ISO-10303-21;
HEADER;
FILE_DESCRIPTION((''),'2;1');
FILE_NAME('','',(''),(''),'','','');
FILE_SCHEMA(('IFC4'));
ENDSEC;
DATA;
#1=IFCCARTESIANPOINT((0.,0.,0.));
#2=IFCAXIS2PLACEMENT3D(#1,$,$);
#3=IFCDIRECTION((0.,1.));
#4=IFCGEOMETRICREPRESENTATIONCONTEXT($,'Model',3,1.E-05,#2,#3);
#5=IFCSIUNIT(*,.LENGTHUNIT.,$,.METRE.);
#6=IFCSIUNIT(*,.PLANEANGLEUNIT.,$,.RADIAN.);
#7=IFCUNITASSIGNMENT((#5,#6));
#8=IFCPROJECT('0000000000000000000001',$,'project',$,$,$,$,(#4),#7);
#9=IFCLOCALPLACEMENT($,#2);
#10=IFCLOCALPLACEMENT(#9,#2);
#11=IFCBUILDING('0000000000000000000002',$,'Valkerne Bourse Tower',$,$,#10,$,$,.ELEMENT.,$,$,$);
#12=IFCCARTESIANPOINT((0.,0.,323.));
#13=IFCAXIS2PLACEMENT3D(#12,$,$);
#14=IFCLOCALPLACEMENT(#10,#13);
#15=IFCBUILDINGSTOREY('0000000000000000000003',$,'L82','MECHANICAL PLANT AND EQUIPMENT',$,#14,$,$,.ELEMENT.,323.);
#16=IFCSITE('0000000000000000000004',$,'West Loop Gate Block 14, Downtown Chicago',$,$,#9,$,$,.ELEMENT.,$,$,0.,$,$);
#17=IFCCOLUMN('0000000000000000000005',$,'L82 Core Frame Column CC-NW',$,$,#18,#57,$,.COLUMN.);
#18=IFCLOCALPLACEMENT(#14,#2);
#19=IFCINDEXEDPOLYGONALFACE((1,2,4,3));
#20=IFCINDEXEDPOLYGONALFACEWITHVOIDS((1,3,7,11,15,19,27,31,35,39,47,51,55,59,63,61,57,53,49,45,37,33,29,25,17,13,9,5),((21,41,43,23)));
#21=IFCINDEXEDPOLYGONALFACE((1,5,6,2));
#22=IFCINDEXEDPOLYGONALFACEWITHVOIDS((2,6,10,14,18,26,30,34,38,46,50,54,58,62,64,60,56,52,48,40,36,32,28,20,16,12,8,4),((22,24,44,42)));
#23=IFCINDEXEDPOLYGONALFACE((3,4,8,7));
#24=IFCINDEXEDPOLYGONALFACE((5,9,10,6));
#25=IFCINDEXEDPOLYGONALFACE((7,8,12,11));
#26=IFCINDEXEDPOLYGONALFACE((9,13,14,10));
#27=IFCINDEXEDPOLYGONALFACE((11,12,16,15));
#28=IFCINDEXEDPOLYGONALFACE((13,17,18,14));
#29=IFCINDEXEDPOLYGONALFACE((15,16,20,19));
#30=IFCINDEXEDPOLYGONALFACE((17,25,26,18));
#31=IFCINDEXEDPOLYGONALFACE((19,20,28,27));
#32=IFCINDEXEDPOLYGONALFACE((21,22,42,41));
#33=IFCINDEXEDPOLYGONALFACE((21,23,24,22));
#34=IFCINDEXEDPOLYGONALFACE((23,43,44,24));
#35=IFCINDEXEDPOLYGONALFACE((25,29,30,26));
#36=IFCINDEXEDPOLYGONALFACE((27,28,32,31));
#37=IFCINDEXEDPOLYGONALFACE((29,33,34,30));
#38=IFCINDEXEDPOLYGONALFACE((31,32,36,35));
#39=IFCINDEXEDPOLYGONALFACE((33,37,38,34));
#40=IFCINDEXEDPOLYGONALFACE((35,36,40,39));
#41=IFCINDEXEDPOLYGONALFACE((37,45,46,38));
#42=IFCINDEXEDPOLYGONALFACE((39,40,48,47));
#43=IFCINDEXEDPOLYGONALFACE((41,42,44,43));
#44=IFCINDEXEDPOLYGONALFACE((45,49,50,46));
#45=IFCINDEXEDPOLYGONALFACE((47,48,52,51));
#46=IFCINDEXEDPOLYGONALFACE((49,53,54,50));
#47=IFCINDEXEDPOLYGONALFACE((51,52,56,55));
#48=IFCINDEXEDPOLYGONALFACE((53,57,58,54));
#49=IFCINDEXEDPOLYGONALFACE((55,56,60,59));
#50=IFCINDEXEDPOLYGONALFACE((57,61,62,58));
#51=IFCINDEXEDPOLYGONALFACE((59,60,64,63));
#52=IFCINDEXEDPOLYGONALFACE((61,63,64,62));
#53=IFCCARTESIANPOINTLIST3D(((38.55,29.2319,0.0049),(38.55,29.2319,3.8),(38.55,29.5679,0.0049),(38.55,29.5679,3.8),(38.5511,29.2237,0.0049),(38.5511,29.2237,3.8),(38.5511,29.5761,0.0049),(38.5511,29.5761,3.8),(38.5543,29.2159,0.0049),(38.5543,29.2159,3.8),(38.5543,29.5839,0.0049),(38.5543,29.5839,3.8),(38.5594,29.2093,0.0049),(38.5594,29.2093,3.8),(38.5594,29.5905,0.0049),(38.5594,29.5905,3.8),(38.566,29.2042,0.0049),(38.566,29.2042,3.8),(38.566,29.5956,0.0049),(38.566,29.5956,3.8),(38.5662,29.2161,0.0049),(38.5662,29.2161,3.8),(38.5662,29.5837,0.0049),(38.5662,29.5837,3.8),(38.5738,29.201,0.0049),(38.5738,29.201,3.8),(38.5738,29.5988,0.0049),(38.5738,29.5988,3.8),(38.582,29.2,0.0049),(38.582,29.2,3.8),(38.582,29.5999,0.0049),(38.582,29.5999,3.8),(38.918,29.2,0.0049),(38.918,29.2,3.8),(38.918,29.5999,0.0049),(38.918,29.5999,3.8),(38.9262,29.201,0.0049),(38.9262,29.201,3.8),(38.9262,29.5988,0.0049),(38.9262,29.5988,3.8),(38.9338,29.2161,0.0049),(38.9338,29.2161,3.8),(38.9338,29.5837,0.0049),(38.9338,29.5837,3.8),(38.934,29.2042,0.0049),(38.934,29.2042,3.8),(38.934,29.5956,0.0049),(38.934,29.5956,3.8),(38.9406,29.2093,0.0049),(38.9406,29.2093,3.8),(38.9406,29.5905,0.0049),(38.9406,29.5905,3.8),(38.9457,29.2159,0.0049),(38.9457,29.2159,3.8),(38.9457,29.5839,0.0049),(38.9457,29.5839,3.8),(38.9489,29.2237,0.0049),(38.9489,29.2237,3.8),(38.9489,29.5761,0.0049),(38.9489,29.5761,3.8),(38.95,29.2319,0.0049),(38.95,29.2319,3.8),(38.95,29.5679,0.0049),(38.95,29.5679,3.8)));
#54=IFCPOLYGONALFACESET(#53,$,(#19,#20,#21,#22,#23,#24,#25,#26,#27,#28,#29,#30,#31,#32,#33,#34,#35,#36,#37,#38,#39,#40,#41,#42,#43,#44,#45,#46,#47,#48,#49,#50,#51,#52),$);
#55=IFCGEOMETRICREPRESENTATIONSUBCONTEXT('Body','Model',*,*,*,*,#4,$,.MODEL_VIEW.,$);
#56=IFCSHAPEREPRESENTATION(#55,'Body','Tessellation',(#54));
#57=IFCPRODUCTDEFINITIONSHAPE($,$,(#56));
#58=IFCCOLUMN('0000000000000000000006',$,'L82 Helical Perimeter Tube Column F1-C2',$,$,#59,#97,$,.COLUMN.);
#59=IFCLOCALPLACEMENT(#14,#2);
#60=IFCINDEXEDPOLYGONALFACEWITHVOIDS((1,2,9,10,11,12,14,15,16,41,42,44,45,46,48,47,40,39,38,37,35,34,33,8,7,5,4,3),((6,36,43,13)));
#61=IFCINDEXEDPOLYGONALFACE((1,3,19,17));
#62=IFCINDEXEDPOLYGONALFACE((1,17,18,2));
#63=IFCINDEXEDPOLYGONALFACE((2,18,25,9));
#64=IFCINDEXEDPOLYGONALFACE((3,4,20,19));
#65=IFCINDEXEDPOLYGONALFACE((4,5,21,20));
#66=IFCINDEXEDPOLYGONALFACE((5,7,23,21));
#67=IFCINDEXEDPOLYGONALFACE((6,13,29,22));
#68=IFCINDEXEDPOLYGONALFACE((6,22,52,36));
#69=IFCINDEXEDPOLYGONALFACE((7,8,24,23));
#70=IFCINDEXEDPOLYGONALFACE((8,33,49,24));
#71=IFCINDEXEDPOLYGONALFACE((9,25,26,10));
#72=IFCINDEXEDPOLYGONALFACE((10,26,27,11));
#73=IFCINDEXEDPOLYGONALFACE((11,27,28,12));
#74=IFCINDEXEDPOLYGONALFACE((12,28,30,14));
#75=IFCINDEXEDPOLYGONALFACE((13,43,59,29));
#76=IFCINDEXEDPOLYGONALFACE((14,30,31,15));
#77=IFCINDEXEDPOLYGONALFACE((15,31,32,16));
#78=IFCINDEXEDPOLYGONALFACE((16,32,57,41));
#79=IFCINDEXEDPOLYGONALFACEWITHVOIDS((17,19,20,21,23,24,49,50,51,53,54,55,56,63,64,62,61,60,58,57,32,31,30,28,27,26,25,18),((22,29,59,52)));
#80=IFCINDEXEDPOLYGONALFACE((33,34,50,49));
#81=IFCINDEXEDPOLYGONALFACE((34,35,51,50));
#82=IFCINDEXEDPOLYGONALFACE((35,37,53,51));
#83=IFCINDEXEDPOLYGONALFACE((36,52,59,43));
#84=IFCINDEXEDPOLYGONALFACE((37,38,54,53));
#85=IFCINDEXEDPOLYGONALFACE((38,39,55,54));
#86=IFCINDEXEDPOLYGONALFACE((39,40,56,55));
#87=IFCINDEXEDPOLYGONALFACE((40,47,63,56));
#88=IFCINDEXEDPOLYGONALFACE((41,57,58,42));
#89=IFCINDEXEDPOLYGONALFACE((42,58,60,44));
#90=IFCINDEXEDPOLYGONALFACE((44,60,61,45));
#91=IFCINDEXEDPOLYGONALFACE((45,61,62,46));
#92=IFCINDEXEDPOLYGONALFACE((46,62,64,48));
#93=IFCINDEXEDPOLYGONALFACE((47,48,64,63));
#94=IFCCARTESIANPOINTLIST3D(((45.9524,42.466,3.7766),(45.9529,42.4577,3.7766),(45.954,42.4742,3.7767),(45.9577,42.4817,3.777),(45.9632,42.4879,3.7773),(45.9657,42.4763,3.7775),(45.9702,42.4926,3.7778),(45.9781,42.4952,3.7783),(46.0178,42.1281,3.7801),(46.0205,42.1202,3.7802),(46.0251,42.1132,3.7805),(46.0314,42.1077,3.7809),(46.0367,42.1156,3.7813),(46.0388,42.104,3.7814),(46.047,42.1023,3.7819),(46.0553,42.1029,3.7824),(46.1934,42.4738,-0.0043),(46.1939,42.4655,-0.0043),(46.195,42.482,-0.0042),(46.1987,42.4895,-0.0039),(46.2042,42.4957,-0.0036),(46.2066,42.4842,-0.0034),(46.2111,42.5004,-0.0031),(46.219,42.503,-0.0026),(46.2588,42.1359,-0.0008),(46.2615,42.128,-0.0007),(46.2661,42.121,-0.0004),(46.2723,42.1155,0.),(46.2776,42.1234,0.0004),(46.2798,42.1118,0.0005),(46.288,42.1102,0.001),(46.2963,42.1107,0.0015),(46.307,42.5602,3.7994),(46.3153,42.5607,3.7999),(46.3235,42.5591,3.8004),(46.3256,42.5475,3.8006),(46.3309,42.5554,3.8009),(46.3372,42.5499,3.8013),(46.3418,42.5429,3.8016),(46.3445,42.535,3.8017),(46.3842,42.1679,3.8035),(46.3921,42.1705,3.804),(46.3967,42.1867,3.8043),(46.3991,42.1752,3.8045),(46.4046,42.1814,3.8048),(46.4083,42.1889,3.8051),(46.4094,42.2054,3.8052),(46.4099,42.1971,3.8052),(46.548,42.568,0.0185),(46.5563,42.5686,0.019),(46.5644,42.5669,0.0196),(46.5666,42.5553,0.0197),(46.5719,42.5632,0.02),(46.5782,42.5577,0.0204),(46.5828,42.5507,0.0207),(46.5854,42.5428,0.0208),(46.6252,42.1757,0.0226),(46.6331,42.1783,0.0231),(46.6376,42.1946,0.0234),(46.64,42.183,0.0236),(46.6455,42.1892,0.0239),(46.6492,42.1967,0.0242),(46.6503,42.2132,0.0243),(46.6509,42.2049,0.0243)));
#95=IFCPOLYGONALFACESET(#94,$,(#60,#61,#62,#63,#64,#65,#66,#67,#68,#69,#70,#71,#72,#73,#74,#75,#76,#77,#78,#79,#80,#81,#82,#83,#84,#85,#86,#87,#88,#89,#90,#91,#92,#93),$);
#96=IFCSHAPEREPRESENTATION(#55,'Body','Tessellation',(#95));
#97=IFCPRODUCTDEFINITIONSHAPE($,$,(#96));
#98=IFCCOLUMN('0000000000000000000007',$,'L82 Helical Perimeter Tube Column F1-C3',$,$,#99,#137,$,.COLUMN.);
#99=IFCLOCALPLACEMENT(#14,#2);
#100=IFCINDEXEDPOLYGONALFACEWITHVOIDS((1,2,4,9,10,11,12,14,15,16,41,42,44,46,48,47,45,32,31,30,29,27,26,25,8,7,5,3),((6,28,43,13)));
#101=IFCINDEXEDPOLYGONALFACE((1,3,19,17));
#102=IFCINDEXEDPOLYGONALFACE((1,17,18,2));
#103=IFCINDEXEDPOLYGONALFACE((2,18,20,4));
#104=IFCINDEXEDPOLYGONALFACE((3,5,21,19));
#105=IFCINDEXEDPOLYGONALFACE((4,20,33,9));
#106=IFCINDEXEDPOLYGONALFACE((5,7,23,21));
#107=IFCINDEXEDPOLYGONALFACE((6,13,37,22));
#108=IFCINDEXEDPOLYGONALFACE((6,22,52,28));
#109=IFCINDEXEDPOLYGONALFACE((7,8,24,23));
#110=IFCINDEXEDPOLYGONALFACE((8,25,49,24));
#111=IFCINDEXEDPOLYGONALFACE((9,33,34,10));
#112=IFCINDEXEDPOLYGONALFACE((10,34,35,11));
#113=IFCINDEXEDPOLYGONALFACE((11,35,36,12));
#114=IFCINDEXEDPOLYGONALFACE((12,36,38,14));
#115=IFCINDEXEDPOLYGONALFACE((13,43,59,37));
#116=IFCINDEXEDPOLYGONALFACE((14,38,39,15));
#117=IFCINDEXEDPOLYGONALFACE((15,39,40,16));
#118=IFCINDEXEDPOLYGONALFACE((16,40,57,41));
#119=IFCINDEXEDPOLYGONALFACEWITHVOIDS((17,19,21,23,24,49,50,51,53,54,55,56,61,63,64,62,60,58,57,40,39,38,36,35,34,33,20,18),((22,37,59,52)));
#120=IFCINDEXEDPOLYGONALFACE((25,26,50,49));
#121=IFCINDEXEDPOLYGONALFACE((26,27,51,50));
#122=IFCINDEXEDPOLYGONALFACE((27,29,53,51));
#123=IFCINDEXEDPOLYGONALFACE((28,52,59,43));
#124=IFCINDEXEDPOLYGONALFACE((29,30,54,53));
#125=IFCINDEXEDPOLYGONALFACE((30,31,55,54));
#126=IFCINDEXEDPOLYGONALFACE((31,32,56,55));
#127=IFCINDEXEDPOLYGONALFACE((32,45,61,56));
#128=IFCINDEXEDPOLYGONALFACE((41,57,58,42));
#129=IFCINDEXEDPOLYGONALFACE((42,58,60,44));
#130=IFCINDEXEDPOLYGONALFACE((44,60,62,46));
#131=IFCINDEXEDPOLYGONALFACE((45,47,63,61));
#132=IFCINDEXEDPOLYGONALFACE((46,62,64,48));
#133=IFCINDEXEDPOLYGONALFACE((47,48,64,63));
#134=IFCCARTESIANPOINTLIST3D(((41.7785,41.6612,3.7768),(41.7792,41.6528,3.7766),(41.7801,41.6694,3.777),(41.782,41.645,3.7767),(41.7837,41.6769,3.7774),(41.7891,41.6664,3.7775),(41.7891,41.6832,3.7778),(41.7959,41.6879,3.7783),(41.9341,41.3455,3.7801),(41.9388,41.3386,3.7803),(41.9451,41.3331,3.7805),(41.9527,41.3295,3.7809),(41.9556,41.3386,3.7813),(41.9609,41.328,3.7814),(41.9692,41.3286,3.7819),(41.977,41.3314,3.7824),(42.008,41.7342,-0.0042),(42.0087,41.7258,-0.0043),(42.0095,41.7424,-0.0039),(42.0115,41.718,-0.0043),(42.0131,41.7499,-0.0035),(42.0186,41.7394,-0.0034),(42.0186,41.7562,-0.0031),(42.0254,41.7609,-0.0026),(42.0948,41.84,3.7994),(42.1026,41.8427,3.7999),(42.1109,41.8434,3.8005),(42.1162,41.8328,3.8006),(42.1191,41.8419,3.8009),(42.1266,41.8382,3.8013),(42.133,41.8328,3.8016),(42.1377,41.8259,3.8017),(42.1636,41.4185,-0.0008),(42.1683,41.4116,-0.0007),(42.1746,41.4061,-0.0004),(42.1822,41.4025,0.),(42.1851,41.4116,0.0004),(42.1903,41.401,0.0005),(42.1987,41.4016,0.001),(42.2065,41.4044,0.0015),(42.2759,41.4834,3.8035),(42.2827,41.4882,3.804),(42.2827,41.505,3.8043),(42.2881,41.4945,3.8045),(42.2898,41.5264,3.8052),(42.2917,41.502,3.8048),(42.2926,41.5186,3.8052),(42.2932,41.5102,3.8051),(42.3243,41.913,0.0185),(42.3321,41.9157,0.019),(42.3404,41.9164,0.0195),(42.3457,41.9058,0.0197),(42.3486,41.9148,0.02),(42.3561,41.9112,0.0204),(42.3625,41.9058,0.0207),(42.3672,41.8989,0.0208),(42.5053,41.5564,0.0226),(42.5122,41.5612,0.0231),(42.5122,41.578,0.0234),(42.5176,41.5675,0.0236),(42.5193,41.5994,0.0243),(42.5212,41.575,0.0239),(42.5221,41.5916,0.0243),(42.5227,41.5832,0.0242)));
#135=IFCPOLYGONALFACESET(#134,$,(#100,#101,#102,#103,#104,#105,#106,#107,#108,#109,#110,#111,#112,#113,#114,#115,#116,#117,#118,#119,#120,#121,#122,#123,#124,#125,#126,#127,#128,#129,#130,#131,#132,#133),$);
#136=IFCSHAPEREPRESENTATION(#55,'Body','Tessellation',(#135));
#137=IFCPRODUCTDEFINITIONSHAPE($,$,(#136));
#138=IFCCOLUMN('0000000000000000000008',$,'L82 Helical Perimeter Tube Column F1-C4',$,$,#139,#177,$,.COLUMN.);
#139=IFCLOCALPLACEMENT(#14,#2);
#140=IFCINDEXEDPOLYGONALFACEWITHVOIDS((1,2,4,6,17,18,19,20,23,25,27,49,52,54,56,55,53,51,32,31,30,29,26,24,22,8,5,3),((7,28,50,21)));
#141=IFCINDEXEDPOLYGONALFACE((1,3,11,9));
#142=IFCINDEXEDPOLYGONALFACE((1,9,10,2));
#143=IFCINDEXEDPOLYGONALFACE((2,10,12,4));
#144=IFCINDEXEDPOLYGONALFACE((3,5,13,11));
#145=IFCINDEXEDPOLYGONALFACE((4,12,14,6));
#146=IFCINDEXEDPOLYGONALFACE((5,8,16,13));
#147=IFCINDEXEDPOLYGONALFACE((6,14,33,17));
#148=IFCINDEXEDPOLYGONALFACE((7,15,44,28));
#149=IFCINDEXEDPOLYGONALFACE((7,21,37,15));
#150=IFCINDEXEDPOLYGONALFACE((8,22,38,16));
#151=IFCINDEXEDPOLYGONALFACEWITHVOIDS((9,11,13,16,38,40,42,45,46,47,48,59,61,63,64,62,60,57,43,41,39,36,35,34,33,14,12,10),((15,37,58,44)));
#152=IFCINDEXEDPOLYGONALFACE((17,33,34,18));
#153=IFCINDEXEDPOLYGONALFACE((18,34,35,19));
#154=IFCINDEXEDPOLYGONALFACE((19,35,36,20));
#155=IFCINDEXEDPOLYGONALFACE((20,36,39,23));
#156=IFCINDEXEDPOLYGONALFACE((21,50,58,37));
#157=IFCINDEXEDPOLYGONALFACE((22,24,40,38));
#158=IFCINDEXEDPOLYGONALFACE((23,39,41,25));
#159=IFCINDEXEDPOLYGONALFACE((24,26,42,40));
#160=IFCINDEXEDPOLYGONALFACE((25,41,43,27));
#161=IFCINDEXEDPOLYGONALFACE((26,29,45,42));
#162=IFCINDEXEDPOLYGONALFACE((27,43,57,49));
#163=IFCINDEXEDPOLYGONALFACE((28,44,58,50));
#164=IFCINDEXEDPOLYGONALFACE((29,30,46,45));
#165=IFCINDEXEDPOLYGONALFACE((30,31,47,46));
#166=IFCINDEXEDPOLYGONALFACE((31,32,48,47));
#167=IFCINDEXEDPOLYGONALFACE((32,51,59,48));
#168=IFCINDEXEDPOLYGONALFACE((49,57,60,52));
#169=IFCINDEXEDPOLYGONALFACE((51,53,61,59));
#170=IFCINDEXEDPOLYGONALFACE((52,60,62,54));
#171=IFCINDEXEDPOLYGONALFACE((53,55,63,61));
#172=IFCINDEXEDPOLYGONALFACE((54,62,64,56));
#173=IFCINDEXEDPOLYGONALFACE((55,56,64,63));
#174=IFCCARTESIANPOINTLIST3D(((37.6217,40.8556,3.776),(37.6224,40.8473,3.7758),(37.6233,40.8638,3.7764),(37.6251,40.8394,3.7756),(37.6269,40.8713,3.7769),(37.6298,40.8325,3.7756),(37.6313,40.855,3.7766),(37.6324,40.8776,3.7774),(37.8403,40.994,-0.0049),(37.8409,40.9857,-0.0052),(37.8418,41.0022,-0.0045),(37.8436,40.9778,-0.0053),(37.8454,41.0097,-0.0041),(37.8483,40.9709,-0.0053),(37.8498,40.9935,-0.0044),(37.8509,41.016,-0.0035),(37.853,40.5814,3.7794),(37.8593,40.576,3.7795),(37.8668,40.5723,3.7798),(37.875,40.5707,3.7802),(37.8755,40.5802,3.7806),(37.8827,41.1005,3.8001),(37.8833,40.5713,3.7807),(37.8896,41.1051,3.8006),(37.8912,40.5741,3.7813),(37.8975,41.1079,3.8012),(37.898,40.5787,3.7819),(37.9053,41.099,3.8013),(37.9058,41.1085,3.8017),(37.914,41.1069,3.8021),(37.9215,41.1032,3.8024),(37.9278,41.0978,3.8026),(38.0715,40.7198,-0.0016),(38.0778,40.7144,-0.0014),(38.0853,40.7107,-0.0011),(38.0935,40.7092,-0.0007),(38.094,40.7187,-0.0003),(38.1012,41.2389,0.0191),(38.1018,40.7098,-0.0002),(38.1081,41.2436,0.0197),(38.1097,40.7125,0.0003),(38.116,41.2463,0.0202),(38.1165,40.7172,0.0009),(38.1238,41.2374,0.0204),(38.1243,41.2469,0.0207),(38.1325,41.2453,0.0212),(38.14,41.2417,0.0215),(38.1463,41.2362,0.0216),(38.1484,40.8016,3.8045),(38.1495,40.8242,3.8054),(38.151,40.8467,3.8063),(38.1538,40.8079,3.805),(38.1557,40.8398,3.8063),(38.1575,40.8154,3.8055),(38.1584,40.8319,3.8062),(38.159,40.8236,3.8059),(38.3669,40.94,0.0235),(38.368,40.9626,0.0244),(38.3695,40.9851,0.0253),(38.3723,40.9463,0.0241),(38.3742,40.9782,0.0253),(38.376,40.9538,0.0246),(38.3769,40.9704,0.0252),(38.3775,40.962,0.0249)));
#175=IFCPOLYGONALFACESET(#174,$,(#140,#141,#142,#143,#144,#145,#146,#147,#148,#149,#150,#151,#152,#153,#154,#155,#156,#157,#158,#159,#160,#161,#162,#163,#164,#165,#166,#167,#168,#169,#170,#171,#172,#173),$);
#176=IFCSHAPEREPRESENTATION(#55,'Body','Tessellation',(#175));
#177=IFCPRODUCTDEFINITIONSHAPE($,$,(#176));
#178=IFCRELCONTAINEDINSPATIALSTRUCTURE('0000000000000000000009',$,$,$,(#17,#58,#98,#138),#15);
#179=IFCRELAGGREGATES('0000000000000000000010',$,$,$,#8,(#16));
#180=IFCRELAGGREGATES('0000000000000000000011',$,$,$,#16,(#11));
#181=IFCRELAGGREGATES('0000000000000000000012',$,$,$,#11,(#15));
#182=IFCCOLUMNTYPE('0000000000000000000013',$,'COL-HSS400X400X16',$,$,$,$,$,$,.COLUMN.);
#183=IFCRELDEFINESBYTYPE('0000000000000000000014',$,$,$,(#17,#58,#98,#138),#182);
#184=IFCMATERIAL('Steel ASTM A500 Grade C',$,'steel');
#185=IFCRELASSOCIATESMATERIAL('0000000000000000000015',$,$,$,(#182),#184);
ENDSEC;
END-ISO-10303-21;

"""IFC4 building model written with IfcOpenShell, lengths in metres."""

from ifc_helpers import new_model, si_unit, direction, frame, origin, origin_2d, place, context, subcontext, project, spatial, hollow_rectangle, extrude, material, material_profile, profile_set, type_object, element, save


model = new_model("IFC4")

# Units and contexts
model_context = context("Model", 3, precision=1e-05, world=origin(), true_north=direction((0.0, 1.0)))
body_context = subcontext(model_context, "Body", "Model", "MODEL_VIEW")
ifc_project = project(units=[si_unit("LENGTHUNIT", "METRE"), si_unit("PLANEANGLEUNIT", "RADIAN")], contexts=[model_context])

# Site, building, storey
site_placement = place(None, origin())
site = spatial("IfcSite", under=ifc_project, at=site_placement, Name="West Loop Gate Block 14, Downtown Chicago", CompositionType="ELEMENT", RefElevation=0.0)
building_placement = place(site_placement, origin())
building = spatial("IfcBuilding", under=site, at=building_placement, Name="Valkerne Bourse Tower", CompositionType="ELEMENT")
storey_placement = place(building_placement, frame((0.0, 0.0, 323.0)))
storey = spatial("IfcBuildingStorey", under=building, at=storey_placement, Name="L82", Description="MECHANICAL PLANT AND EQUIPMENT", CompositionType="ELEMENT", Elevation=323.0)

# Columns
ifc_material_1 = material(Name="Steel ASTM A500 Grade C", Category="steel")
ifc_material_profile_1 = material_profile(ifc_material_1, hollow_rectangle(XDim=0.3999, YDim=0.3999, WallThickness=0.0161, OuterFilletRadius=0.032, at=origin_2d()), Name="HSS400X400X16")
ifc_profile_set_1 = profile_set([ifc_material_profile_1], Name="Steel ASTM A500 Grade C")
column_type = type_object("IfcColumnType", Name="COL-HSS400X400X16", PredefinedType="COLUMN", material=ifc_profile_set_1)
column_placement = place(storey_placement, frame((38.75, 29.3999, 0.0049), z_axis=(0.0, 0.0, 1.0), x_axis=(1.0, 0.0, 0.0)))
element("IfcColumn", 1, at=column_placement, inside=storey, type_object=column_type, Name="L82 Core Frame Column CC-NW", PredefinedType="COLUMN", context=body_context, shape_type="SweptSolid", body=[
    extrude(hollow_rectangle(XDim=0.3999, YDim=0.3999, WallThickness=0.0161, OuterFilletRadius=0.032, at=origin_2d()), origin(), (0.0, 0.0, 1.0), 3.7952),
])
for number, where, z_axis, x_axis, name in (
    (2, (46.4221, 42.3394, 0.01), (-0.063602, -0.002062, 0.997973), (-0.19317, 0.981111, -0.010284), "L82 Helical Perimeter Tube Column F1-C2"),
    (3, (42.2654, 41.6587, 0.01), (-0.060573, -0.019267, 0.997978), (-0.452825, 0.89154, -0.010272), "L82 Helical Perimeter Tube Column F1-C3"),
):
    element("IfcColumn", number, at=place(storey_placement, frame(where, z_axis=z_axis, x_axis=x_axis)), inside=storey, type_object=column_type, Name=name, PredefinedType="COLUMN", context=body_context, shape_type="SweptSolid", body=[
        extrude(hollow_rectangle(XDim=0.3999, YDim=0.3999, WallThickness=0.0161, OuterFilletRadius=0.032, at=origin_2d()), origin(), (0.0, 0.0, 1.0), 3.7886),
    ])
for number, where, z_axis, x_axis, name in (
    (4, (38.1089, 40.978, 0.01), (-0.057656, -0.036526, 0.997668), (-0.664326, 0.747361, -0.01103), "L82 Helical Perimeter Tube Column F1-C4"),
):
    element("IfcColumn", number, at=place(storey_placement, frame(where, z_axis=z_axis, x_axis=x_axis)), inside=storey, type_object=column_type, Name=name, PredefinedType="COLUMN", context=body_context, shape_type="SweptSolid", body=[
        extrude(hollow_rectangle(XDim=0.3999, YDim=0.3999, WallThickness=0.0161, OuterFilletRadius=0.032, at=origin_2d()), origin(), (0.0, 0.0, 1.0), 3.7898),
    ])

save(model, "model.ifc")
